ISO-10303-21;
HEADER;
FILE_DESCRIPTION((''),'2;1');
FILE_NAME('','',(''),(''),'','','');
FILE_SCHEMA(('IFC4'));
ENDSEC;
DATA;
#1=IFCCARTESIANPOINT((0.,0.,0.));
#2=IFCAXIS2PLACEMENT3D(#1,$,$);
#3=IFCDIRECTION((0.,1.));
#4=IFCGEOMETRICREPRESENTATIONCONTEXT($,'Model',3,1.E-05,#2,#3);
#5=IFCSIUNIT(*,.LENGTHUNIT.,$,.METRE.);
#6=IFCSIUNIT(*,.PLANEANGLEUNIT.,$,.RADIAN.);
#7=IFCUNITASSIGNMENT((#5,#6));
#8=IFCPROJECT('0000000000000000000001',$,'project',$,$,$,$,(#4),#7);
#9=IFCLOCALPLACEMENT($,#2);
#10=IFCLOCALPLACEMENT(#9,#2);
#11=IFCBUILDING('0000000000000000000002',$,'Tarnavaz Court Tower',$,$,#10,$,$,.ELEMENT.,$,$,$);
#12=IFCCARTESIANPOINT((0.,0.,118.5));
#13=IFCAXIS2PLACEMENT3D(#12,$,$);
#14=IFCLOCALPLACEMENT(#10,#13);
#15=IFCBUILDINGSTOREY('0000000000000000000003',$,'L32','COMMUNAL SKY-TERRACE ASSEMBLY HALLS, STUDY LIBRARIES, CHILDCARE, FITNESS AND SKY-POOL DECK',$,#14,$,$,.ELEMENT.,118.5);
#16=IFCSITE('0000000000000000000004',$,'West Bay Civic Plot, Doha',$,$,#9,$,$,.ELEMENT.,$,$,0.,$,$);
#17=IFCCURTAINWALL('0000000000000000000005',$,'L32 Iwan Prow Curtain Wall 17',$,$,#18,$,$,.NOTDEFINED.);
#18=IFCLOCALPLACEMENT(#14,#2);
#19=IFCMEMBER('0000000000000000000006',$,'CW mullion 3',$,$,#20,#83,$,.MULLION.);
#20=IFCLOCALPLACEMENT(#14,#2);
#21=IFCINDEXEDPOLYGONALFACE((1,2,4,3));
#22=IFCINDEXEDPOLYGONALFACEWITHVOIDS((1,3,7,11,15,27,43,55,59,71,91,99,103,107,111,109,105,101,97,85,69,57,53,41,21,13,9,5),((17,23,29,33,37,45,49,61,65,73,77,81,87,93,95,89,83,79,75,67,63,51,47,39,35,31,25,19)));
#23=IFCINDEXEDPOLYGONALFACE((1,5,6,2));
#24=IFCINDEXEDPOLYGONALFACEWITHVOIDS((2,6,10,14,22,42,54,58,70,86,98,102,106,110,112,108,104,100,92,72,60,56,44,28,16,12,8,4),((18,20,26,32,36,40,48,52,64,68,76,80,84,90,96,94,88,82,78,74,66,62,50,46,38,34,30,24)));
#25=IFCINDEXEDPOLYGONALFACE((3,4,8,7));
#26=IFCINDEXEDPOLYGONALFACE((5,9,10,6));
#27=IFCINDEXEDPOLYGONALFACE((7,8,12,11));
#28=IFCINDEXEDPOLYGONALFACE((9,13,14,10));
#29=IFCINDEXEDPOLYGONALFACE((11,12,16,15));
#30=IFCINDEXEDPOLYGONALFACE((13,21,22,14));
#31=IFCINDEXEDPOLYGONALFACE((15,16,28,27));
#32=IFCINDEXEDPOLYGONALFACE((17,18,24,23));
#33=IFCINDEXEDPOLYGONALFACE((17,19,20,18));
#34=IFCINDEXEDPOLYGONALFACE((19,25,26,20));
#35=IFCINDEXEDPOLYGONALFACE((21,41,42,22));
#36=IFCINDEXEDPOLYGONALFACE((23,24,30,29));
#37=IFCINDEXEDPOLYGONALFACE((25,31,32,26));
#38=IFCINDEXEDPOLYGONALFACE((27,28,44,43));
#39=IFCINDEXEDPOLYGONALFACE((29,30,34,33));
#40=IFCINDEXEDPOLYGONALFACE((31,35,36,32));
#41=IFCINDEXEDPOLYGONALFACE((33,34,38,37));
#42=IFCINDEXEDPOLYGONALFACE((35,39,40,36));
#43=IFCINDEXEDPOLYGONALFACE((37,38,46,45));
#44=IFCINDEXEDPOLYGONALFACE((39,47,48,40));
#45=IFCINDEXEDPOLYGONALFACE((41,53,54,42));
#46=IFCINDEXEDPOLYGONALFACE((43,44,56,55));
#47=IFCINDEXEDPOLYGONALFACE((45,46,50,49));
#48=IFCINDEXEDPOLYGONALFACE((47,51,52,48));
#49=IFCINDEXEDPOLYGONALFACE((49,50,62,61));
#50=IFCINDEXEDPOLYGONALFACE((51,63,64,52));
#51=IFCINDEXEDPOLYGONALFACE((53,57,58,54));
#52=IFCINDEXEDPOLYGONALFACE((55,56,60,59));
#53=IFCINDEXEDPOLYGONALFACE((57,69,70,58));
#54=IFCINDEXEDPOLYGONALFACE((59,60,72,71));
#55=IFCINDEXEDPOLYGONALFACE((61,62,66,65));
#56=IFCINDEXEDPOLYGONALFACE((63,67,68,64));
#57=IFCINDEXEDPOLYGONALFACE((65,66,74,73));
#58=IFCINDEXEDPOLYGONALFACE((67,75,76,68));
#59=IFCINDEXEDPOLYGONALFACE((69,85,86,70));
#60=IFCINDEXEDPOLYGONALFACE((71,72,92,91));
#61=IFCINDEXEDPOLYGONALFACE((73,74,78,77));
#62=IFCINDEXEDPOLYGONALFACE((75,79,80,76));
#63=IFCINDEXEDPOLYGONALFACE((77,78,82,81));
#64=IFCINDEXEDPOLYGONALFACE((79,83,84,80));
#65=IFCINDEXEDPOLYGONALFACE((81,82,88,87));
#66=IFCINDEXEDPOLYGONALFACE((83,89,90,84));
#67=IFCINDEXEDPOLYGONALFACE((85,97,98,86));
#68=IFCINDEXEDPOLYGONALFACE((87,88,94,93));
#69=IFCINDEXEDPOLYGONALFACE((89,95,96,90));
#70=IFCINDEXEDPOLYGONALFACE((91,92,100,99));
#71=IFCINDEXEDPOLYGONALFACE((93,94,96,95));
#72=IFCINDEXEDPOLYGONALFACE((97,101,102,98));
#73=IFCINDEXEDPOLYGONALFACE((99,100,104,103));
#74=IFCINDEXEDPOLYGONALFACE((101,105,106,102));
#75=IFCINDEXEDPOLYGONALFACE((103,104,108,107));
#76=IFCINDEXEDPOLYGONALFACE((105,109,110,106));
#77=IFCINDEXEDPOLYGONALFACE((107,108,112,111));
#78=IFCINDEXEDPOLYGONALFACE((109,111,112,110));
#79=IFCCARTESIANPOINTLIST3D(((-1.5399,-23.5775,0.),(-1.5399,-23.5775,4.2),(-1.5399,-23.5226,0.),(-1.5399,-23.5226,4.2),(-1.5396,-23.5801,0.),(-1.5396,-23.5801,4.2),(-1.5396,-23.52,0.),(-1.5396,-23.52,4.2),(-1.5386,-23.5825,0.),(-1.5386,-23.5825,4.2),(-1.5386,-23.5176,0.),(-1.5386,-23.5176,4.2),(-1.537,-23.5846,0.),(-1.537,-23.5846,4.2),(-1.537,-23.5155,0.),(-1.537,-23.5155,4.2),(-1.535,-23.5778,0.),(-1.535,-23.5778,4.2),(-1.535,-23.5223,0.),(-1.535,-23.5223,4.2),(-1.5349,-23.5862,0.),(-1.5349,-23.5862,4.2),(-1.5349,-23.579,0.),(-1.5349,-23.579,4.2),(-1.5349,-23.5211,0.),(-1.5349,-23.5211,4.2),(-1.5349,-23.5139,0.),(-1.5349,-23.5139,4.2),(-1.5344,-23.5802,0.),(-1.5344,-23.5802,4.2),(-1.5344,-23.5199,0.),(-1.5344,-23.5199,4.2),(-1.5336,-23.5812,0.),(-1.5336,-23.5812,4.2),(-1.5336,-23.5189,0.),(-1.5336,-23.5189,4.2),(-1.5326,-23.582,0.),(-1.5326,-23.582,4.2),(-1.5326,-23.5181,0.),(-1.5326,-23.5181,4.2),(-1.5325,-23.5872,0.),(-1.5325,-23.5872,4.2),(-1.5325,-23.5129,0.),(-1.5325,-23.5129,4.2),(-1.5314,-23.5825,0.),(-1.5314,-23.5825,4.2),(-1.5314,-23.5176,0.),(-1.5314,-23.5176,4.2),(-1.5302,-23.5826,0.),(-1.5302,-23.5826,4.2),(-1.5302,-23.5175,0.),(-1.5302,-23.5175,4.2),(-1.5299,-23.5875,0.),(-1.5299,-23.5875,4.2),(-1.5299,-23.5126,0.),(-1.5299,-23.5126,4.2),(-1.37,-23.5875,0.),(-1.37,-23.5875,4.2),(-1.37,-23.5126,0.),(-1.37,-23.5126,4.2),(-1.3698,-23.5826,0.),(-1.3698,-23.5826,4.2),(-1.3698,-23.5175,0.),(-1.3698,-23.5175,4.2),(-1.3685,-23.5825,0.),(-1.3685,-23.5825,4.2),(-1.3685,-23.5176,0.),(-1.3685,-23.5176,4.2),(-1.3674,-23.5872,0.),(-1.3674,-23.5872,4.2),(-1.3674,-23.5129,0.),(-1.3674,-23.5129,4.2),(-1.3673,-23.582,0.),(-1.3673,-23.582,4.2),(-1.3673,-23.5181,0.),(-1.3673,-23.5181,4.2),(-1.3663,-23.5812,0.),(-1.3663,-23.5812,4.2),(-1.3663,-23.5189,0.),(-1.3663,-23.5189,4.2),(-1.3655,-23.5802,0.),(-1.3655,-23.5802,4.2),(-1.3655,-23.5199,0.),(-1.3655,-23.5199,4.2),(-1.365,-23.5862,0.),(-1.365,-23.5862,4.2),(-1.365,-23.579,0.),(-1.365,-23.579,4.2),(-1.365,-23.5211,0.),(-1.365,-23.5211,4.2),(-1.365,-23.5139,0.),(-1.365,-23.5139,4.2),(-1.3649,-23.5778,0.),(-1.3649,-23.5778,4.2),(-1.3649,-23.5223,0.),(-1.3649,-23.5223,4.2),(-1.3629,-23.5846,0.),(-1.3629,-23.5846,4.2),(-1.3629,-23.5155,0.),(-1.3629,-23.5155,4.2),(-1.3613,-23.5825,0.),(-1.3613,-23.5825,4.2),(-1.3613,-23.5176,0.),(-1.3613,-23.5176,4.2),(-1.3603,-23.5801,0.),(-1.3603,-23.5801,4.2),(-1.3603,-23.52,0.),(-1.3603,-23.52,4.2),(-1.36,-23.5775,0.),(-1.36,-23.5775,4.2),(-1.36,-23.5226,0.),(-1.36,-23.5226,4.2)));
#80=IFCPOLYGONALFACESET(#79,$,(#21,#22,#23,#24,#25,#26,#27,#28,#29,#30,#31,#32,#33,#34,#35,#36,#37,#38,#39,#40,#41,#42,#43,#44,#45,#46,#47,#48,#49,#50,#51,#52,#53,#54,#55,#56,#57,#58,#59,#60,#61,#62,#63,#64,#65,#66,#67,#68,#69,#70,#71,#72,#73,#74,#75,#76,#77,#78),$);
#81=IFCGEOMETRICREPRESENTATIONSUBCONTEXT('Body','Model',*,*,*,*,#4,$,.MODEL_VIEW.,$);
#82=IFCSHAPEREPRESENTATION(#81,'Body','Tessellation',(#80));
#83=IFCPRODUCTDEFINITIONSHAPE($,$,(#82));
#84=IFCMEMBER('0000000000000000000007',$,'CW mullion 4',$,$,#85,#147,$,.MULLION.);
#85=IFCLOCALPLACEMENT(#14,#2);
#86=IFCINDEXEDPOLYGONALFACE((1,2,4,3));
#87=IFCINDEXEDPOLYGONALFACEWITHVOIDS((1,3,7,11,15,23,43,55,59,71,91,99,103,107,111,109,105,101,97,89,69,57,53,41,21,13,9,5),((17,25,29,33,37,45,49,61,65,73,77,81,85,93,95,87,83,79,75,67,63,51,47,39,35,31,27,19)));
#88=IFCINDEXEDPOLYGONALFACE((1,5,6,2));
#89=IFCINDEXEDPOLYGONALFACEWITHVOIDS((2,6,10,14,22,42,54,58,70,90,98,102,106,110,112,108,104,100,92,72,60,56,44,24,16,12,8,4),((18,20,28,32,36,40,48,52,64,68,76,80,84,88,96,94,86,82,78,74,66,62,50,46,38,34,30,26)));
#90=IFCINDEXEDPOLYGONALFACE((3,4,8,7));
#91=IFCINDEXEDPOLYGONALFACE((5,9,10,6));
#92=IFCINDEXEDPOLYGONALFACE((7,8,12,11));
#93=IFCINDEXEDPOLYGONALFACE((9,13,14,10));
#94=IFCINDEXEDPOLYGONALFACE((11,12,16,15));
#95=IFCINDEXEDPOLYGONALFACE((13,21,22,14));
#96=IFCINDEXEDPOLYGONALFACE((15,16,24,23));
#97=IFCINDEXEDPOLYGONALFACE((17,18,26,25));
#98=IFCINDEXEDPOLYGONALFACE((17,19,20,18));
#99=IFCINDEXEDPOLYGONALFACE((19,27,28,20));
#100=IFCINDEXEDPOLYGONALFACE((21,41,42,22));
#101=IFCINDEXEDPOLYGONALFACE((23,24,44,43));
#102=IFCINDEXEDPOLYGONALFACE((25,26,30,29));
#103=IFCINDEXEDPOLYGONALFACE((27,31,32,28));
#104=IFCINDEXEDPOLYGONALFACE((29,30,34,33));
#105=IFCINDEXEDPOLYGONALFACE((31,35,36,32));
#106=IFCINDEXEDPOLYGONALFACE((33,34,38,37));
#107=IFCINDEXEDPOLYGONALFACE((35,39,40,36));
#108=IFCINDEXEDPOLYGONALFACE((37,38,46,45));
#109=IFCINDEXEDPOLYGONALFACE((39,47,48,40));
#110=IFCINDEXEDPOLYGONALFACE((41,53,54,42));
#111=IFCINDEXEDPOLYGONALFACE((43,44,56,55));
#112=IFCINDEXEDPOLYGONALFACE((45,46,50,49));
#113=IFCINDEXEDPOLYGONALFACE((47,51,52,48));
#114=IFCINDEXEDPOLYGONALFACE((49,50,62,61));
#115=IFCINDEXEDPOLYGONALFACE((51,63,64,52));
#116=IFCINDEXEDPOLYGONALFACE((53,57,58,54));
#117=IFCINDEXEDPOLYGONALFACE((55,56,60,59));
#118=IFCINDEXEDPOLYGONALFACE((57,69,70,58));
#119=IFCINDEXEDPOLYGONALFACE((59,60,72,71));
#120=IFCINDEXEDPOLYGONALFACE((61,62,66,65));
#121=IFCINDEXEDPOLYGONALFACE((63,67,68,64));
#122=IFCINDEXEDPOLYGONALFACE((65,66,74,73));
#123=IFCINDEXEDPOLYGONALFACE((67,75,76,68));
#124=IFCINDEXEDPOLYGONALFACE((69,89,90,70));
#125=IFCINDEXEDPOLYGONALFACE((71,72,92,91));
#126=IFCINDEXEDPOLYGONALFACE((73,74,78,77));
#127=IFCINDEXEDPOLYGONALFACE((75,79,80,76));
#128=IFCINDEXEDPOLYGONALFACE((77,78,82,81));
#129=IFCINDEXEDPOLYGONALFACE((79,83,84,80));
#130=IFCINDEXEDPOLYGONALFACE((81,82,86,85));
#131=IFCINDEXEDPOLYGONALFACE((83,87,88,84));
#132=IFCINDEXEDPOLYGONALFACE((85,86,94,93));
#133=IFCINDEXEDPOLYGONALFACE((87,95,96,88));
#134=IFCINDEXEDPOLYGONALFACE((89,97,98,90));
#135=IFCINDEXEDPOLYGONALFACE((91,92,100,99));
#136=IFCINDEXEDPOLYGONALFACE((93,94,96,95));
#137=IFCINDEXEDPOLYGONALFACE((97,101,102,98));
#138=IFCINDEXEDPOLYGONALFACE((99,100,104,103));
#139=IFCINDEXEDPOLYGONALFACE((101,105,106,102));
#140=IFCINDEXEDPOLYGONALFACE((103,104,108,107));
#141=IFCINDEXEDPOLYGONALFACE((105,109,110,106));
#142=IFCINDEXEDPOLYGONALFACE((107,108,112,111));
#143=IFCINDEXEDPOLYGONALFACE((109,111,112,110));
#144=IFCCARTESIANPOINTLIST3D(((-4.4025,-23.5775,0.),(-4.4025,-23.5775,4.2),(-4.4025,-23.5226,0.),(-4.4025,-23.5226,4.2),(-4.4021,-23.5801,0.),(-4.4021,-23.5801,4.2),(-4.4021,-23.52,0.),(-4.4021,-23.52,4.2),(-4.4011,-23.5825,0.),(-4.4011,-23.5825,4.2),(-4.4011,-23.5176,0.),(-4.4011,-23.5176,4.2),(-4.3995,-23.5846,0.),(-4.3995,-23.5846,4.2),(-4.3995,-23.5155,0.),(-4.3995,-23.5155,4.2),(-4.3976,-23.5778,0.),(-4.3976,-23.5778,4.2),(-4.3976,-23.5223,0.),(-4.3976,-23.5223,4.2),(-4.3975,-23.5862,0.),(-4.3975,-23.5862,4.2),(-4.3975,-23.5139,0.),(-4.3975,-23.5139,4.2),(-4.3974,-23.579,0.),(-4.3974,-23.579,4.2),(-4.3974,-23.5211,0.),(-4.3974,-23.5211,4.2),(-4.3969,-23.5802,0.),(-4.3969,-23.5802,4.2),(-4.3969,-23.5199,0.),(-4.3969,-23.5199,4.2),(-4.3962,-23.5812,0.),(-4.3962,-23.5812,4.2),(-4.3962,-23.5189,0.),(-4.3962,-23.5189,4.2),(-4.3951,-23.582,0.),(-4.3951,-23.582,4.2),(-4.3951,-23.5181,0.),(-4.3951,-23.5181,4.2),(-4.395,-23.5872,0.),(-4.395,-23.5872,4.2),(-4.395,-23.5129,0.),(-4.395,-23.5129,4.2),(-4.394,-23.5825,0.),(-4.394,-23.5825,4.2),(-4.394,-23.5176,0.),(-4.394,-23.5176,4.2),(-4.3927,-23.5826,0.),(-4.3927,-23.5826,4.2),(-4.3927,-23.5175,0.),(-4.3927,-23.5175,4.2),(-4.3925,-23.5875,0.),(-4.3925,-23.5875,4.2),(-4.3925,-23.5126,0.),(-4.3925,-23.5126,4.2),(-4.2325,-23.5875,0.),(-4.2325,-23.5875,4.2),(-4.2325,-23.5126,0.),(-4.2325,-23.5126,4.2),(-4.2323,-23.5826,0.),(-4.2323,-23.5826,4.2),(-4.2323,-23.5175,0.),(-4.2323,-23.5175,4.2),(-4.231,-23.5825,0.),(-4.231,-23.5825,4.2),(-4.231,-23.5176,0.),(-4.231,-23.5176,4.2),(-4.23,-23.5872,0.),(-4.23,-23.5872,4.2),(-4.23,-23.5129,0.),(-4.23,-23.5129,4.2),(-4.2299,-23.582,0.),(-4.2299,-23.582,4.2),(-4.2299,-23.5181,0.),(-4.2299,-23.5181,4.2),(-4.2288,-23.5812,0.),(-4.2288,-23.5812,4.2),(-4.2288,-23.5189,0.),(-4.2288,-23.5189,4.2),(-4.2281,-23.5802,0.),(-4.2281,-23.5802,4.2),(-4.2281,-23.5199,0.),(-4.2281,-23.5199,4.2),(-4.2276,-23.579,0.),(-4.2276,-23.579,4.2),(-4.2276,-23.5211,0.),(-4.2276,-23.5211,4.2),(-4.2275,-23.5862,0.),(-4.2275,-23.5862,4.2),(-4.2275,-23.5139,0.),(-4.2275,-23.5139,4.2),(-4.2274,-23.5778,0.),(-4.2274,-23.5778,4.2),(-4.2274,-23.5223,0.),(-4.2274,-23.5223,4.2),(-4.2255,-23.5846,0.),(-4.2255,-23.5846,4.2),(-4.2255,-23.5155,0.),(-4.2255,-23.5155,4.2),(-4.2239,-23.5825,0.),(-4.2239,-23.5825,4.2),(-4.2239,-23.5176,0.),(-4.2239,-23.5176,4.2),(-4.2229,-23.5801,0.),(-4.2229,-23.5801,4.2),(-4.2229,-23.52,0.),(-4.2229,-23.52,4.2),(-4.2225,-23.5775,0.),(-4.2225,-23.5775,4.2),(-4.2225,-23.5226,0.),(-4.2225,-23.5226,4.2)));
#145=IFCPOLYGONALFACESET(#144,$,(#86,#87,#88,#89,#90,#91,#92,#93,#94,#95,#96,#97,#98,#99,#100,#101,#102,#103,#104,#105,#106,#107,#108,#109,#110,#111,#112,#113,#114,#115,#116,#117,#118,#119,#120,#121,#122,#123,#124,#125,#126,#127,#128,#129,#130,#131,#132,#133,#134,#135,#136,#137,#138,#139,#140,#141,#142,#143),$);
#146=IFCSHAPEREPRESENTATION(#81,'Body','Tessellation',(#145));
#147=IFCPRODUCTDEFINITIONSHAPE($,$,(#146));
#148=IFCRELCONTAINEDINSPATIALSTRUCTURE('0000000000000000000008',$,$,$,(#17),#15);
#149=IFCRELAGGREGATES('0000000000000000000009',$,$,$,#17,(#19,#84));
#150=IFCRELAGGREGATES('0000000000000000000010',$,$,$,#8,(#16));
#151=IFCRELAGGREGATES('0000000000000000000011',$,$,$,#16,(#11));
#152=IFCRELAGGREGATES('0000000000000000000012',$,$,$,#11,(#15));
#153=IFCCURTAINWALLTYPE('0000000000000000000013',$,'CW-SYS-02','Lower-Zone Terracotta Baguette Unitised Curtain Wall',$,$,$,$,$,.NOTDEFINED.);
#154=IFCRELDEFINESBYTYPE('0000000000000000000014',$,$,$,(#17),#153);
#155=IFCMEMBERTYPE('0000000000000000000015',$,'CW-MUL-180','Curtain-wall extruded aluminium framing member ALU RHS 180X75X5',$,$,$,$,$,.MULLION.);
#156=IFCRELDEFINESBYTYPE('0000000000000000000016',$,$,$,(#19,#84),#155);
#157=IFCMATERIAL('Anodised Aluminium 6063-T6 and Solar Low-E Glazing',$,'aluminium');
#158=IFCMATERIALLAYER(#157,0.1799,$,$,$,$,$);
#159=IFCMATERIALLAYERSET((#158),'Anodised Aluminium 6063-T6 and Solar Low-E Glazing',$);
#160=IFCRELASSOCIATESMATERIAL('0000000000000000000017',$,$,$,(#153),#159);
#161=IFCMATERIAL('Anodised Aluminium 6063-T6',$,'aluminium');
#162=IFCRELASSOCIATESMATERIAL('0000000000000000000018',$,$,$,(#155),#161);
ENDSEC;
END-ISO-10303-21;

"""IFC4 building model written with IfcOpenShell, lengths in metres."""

from ifc_helpers import new_model, si_unit, direction, frame, origin, origin_2d, place, context, subcontext, project, spatial, hollow_rectangle, extrude, material, layer, layer_set, material_profile, profile_set, type_object, element, aggregate, save


model = new_model("IFC4")

# Units and contexts
model_context = context("Model", 3, precision=1e-05, world=origin(), true_north=direction((0.0, 1.0)))
body_context = subcontext(model_context, "Body", "Model", "MODEL_VIEW")
ifc_project = project(units=[si_unit("LENGTHUNIT", "METRE"), si_unit("PLANEANGLEUNIT", "RADIAN")], contexts=[model_context])

# Site, building, storey
site_placement = place(None, origin())
site = spatial("IfcSite", under=ifc_project, at=site_placement, Name="West Bay Civic Plot, Doha", CompositionType="ELEMENT", RefElevation=0.0)
building_placement = place(site_placement, origin())
building = spatial("IfcBuilding", under=site, at=building_placement, Name="Tarnavaz Court Tower", CompositionType="ELEMENT")
storey_placement = place(building_placement, frame((0.0, 0.0, 118.5)))
storey = spatial("IfcBuildingStorey", under=building, at=storey_placement, Name="L32", Description="COMMUNAL SKY-TERRACE ASSEMBLY HALLS, STUDY LIBRARIES, CHILDCARE, FITNESS AND SKY-POOL DECK", CompositionType="ELEMENT", Elevation=118.5)

# Curtain wall, members
ifc_material_1 = material(Name="Anodised Aluminium 6063-T6 and Solar Low-E Glazing", Category="aluminium")
ifc_layer_1 = layer(ifc_material_1, 0.1799)
ifc_layer_set_1 = layer_set([ifc_layer_1], Name="Anodised Aluminium 6063-T6 and Solar Low-E Glazing")
curtain_wall_type = type_object("IfcCurtainWallType", Name="CW-SYS-02", Description="Lower-Zone Terracotta Baguette Unitised Curtain Wall", PredefinedType="NOTDEFINED", material=ifc_layer_set_1)
curtain_wall_placement = place(storey_placement, origin())
curtain_wall = element("IfcCurtainWall", 1, at=curtain_wall_placement, inside=storey, type_object=curtain_wall_type, Name="L32 Iwan Prow Curtain Wall 17", PredefinedType="NOTDEFINED")
ifc_material_2 = material(Name="Anodised Aluminium 6063-T6", Category="aluminium")
ifc_material_profile_1 = material_profile(ifc_material_2, hollow_rectangle(XDim=0.075, YDim=0.1799, WallThickness=0.0049, InnerFilletRadius=0.0049, OuterFilletRadius=0.01, at=origin_2d()), Name="ALU RHS 180X75X5")
ifc_profile_set_1 = profile_set([ifc_material_profile_1], Name="Anodised Aluminium 6063-T6")
member_type_1 = type_object("IfcMemberType", Name="CW-MUL-180", Description="Curtain-wall extruded aluminium framing member ALU RHS 180X75X5", PredefinedType="MULLION", material=ifc_profile_set_1)
member_1_placement = place(storey_placement, frame((-1.45, -23.55, 0.0), z_axis=(0.0, 0.0, 1.0), x_axis=(0.0, -1.0, 0.0)))
member_1 = element("IfcMember", 2, at=member_1_placement, type_object=member_type_1, Name="CW mullion 3", PredefinedType="MULLION", context=body_context, shape_type="SweptSolid", body=[
    extrude(hollow_rectangle(XDim=0.075, YDim=0.1799, WallThickness=0.0049, InnerFilletRadius=0.0049, OuterFilletRadius=0.01, at=origin_2d()), origin(), (0.0, 0.0, 1.0), 4.2),
])
member_2_placement = place(storey_placement, frame((-4.3125, -23.55, 0.0), z_axis=(0.0, 0.0, 1.0), x_axis=(0.0, -1.0, 0.0)))
member_2 = element("IfcMember", 3, at=member_2_placement, type_object=member_type_1, Name="CW mullion 4", PredefinedType="MULLION", context=body_context, shape_type="SweptSolid", body=[
    extrude(hollow_rectangle(XDim=0.075, YDim=0.1799, WallThickness=0.0049, InnerFilletRadius=0.0049, OuterFilletRadius=0.01, at=origin_2d()), origin(), (0.0, 0.0, 1.0), 4.2),
])
aggregate(curtain_wall, [member_1, member_2])

save(model, "model.ifc")
